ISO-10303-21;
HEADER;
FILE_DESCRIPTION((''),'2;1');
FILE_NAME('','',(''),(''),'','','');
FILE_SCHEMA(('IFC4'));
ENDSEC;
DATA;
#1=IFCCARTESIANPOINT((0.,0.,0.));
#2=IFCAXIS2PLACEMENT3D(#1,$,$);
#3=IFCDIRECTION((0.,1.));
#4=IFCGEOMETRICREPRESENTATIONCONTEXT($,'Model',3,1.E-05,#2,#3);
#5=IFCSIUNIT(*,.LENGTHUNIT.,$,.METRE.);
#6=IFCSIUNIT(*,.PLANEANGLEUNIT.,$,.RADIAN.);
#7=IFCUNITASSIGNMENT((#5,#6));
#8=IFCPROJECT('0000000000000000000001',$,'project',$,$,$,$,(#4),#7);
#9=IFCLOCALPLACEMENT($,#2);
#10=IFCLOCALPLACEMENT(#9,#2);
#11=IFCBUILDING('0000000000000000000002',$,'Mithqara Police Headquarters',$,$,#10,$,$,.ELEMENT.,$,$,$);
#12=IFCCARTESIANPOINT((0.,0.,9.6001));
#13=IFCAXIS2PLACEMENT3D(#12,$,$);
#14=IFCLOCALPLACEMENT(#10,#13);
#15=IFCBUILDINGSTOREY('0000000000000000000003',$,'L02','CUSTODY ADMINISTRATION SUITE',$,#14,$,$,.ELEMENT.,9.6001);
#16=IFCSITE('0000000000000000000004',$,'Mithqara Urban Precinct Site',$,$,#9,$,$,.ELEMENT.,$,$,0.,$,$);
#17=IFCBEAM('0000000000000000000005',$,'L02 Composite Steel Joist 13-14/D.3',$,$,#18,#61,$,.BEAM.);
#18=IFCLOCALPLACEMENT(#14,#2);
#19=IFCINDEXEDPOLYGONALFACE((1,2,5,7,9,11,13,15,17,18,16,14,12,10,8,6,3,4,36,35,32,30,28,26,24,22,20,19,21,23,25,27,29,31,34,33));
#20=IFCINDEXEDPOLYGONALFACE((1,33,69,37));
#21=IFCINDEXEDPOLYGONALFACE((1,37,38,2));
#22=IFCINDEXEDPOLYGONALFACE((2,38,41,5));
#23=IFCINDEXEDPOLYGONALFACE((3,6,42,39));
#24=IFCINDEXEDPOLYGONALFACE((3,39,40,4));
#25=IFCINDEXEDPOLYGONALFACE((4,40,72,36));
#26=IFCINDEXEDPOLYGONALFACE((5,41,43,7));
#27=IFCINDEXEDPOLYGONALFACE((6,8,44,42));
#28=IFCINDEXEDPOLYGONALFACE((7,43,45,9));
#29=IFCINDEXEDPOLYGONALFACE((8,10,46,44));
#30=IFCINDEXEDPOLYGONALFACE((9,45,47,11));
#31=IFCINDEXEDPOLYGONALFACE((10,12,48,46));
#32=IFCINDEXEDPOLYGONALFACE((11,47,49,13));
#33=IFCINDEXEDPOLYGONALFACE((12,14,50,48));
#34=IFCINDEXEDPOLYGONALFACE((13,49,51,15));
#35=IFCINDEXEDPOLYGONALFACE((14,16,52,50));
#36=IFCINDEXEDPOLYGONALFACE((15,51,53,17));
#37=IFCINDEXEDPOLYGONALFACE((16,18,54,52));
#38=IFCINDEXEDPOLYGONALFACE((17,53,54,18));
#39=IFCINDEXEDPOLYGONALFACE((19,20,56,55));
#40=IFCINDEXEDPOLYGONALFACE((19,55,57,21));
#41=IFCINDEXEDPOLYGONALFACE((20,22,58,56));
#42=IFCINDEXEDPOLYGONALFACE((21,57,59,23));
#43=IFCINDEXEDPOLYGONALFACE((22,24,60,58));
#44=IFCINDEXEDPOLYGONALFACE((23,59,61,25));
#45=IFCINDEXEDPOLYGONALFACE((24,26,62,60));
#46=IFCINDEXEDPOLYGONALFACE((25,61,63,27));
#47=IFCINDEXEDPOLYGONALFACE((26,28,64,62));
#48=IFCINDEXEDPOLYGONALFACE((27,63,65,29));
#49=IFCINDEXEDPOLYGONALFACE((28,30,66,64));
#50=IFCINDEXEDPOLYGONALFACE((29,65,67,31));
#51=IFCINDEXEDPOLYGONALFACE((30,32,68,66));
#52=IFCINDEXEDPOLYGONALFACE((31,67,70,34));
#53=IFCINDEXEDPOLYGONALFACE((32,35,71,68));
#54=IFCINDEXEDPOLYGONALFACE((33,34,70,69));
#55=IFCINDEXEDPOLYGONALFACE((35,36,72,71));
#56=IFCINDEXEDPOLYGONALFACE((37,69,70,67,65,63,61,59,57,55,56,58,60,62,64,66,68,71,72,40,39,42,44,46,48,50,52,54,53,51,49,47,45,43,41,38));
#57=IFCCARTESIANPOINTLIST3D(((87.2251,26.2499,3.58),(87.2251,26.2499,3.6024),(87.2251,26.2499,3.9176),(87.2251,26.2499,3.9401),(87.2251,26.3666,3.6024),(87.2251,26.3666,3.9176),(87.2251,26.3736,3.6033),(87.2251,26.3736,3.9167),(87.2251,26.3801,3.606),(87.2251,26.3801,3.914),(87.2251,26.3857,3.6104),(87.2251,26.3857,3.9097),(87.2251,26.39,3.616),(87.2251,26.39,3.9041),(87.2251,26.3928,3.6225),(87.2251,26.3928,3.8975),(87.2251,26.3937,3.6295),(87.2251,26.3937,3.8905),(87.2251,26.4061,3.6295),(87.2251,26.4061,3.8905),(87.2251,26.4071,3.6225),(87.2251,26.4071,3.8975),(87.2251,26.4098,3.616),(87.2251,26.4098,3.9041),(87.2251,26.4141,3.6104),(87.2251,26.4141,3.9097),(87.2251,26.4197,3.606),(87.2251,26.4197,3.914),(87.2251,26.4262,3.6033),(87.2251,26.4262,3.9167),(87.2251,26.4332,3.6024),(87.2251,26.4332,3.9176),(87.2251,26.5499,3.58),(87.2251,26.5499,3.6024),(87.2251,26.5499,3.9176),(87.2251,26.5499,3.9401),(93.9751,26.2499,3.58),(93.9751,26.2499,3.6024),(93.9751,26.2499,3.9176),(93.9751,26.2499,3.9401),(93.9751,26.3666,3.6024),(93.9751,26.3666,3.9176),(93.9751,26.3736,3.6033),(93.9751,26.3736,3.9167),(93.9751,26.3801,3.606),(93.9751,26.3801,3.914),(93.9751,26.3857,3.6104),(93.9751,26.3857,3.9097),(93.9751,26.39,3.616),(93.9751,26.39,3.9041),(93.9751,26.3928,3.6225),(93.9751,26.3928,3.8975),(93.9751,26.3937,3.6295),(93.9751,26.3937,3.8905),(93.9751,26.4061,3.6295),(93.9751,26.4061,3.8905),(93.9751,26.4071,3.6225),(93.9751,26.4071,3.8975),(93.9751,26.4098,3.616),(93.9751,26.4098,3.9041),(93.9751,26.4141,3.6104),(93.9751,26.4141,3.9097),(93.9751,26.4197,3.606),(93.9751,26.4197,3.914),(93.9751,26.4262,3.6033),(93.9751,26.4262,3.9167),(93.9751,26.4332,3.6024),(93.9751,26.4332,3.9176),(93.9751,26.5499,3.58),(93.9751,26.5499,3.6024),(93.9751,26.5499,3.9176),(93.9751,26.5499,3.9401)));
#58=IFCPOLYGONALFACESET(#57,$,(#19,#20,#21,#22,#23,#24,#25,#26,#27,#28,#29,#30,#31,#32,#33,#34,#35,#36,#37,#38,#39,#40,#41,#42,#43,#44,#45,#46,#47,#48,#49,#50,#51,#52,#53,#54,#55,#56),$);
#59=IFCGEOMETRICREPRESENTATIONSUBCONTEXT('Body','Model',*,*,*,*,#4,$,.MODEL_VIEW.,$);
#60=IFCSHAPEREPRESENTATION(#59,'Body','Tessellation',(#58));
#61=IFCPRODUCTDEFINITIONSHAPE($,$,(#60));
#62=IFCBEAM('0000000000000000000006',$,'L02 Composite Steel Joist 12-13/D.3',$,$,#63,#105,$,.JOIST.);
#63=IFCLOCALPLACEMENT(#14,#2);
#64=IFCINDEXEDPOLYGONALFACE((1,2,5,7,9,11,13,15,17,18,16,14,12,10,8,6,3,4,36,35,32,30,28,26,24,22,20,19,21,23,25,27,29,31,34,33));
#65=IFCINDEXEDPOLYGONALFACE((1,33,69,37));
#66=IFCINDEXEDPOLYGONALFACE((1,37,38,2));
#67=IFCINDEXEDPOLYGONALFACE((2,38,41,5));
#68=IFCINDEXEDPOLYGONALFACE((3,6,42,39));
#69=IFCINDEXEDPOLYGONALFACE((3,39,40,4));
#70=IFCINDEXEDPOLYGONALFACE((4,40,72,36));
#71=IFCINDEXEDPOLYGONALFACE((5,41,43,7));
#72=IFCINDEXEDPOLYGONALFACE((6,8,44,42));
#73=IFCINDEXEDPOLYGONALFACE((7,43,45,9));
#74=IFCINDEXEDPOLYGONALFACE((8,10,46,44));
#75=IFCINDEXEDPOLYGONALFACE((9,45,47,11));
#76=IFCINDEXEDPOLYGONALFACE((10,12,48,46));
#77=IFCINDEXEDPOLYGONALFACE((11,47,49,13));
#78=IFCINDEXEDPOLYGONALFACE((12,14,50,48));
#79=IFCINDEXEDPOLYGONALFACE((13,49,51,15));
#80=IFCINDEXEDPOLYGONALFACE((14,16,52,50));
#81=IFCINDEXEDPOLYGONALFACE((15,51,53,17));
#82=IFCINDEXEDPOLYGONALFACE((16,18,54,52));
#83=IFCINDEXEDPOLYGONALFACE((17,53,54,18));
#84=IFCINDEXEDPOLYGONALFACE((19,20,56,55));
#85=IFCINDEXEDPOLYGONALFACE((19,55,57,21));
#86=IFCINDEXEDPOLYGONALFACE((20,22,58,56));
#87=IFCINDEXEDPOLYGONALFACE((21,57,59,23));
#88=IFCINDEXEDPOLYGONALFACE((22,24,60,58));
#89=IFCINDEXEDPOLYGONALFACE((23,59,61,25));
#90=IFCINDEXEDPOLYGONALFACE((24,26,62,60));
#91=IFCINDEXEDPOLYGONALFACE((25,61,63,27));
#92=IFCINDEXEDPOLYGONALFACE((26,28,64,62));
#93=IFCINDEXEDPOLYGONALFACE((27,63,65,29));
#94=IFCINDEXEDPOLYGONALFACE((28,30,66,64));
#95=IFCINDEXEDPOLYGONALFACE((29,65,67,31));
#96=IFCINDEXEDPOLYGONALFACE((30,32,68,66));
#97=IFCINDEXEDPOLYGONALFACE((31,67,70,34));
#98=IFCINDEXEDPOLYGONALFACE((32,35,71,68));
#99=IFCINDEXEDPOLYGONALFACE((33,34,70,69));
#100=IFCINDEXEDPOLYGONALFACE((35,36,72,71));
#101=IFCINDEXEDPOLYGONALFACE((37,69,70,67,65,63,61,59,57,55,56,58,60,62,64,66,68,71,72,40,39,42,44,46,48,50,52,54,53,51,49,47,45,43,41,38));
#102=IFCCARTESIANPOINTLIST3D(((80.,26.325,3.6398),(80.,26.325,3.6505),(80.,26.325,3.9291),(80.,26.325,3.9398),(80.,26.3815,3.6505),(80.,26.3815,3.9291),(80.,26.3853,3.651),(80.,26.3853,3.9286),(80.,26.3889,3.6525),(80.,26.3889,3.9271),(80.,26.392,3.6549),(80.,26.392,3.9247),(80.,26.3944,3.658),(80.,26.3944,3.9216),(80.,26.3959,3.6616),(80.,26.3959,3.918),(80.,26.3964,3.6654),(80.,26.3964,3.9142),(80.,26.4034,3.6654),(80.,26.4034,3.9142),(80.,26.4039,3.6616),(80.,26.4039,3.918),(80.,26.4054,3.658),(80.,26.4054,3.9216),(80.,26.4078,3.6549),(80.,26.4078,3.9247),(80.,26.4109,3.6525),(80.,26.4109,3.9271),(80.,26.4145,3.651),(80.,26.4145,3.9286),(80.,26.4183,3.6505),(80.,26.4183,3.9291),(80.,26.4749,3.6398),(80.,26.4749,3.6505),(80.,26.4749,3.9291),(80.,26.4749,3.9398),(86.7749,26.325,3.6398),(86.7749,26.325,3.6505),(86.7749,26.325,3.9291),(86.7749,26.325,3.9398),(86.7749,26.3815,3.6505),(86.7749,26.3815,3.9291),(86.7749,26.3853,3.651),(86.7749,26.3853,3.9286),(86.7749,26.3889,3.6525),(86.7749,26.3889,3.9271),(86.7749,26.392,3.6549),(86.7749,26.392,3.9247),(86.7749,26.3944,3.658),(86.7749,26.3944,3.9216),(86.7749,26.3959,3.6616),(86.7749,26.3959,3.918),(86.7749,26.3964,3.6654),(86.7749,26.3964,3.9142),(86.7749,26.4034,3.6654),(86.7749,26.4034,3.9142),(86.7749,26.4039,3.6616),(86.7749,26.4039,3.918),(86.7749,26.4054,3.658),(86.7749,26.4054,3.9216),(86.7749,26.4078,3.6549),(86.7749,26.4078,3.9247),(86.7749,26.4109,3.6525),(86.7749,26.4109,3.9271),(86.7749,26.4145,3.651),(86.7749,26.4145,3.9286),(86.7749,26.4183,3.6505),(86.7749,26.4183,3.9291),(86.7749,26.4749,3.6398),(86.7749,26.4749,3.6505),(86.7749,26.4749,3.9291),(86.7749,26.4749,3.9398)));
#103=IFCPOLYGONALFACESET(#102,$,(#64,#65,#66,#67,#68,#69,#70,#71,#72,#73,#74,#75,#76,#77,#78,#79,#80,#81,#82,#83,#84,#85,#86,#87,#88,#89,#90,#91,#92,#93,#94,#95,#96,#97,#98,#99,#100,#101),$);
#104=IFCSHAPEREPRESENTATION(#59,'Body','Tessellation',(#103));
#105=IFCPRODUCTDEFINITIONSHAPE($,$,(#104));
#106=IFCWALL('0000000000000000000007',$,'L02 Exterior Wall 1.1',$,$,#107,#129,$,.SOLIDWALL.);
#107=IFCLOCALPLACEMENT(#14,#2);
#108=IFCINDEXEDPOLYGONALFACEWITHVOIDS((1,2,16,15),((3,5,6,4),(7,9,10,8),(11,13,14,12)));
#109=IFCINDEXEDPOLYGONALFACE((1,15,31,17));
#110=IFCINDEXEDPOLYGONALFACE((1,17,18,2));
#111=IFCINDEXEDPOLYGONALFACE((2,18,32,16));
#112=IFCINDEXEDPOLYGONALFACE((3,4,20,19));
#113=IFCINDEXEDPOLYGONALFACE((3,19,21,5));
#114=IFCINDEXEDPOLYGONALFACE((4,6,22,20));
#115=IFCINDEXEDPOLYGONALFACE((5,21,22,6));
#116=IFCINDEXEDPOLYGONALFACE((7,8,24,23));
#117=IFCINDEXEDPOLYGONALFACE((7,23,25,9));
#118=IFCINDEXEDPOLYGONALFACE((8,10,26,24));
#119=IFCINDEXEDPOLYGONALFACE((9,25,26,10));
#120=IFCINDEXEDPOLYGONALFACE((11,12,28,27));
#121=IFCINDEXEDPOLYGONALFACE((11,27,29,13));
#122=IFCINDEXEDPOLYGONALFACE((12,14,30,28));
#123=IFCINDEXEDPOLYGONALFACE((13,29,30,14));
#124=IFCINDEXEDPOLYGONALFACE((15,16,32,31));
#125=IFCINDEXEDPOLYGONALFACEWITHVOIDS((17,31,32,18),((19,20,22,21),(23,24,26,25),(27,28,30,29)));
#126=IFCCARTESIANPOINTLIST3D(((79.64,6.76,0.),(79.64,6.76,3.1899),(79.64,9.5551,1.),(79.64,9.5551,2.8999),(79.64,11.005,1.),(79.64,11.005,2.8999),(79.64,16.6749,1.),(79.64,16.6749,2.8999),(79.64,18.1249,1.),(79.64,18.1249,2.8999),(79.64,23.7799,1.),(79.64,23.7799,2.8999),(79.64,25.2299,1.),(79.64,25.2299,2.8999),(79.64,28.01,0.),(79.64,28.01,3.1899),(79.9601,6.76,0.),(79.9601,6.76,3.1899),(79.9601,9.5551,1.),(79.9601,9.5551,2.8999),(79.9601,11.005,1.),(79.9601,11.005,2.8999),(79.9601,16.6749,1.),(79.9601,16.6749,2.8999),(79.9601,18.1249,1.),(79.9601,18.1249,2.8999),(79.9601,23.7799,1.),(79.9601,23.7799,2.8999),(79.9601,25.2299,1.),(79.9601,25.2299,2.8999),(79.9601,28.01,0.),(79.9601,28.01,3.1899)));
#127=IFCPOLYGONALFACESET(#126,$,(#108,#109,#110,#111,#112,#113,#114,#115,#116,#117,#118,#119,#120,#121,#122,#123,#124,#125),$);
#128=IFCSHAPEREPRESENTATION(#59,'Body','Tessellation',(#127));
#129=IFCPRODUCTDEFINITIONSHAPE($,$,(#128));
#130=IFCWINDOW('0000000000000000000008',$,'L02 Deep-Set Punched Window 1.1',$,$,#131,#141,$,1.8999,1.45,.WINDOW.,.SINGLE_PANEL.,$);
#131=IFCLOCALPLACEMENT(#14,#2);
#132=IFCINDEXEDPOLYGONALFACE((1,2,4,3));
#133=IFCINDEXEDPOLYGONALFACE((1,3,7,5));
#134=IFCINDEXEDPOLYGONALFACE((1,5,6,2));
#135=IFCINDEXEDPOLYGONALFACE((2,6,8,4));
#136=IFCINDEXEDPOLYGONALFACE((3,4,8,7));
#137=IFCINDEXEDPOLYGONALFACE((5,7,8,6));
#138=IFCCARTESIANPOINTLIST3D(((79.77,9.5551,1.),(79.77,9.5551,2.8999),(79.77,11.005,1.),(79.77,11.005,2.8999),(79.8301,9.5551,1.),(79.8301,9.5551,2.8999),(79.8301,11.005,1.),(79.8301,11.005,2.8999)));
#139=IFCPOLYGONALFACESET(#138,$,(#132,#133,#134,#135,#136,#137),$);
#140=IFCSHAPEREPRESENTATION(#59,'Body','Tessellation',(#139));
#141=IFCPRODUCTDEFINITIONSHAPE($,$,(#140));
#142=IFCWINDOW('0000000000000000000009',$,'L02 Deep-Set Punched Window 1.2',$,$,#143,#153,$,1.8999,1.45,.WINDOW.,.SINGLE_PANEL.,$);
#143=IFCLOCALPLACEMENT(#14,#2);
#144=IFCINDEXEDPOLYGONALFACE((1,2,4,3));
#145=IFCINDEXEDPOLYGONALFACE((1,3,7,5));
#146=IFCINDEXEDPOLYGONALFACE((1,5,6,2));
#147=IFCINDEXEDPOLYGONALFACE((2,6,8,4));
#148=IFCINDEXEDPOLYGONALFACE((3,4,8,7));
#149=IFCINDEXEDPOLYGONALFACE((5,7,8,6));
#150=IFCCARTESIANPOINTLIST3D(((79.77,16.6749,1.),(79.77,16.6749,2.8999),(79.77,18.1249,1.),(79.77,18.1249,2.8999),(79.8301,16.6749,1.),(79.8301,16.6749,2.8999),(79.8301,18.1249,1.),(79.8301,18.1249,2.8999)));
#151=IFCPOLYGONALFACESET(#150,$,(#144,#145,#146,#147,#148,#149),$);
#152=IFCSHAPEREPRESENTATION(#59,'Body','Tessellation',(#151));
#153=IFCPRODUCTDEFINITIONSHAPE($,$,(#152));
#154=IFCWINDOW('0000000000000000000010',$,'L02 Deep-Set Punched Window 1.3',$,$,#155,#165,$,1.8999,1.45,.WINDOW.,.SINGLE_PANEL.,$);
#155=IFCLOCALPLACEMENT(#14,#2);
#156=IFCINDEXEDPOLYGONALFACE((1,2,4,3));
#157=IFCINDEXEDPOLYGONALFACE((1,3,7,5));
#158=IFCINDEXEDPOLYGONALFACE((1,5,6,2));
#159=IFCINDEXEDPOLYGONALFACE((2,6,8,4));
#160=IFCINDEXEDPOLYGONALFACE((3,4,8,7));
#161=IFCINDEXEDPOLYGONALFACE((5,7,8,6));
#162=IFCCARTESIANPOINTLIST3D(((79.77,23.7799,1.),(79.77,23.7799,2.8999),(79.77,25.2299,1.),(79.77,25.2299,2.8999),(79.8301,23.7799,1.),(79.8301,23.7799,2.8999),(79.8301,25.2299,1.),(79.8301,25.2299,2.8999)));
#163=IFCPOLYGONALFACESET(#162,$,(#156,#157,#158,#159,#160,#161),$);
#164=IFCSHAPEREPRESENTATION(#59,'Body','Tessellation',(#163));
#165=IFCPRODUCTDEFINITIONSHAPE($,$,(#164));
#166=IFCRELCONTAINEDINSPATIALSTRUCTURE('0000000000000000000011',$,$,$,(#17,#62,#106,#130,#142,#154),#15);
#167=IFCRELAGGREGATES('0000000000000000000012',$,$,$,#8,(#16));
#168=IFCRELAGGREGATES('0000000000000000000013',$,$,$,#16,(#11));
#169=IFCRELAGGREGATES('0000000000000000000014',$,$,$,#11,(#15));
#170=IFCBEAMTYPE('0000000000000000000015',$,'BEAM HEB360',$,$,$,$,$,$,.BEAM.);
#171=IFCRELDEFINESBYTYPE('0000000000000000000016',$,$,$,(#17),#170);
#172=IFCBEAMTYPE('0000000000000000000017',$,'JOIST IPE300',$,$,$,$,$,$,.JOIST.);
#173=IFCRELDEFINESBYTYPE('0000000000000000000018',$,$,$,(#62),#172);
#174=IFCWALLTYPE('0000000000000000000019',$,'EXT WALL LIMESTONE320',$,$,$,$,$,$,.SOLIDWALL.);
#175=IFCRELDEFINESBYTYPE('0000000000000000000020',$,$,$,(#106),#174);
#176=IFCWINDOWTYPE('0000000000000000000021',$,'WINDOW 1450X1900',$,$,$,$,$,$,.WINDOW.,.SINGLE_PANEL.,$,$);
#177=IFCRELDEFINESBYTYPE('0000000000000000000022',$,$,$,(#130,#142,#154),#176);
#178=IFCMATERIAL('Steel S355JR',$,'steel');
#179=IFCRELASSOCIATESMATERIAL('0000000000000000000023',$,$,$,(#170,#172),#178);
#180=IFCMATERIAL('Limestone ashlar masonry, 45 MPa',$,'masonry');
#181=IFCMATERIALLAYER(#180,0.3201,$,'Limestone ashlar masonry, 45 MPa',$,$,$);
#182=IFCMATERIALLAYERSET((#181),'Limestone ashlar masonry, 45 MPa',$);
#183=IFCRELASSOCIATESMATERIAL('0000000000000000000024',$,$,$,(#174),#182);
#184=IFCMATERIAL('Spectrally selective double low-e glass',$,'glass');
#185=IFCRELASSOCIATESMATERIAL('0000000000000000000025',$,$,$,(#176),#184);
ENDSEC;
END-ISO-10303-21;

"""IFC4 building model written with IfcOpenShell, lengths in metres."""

from ifc_helpers import new_model, si_unit, direction, frame, frame_2d, origin, origin_2d, place, context, subcontext, project, spatial, rectangle, i_section, extrude, material, layer, layer_set, material_profile, profile_set, type_object, element, fill, save


model = new_model("IFC4")

# Units and contexts
model_context = context("Model", 3, precision=1e-05, world=origin(), true_north=direction((0.0, 1.0)))
body_context = subcontext(model_context, "Body", "Model", "MODEL_VIEW")
ifc_project = project(units=[si_unit("LENGTHUNIT", "METRE"), si_unit("PLANEANGLEUNIT", "RADIAN")], contexts=[model_context])

# Site, building, storey
site_placement = place(None, origin())
site = spatial("IfcSite", under=ifc_project, at=site_placement, Name="Mithqara Urban Precinct Site", CompositionType="ELEMENT", RefElevation=0.0)
building_placement = place(site_placement, origin())
building = spatial("IfcBuilding", under=site, at=building_placement, Name="Mithqara Police Headquarters", CompositionType="ELEMENT")
storey_placement = place(building_placement, frame((0.0, 0.0, 9.6001)))
storey = spatial("IfcBuildingStorey", under=building, at=storey_placement, Name="L02", Description="CUSTODY ADMINISTRATION SUITE", CompositionType="ELEMENT", Elevation=9.6001)

# Beams
ifc_material_1 = material(Name="Steel S355JR", Category="steel")
ifc_material_profile_1 = material_profile(ifc_material_1, i_section(OverallWidth=0.3, OverallDepth=0.3601, WebThickness=0.0125, FlangeThickness=0.0225, FilletRadius=0.0271, at=origin_2d()), Name="HEB 360")
ifc_profile_set_1 = profile_set([ifc_material_profile_1], Name="Steel S355JR")
beam_type_1 = type_object("IfcBeamType", Name="BEAM HEB360", PredefinedType="BEAM", material=ifc_profile_set_1)
beam_1_placement = place(storey_placement, frame((87.2251, 26.3999, 3.76), z_axis=(1.0, 0.0, 0.0), x_axis=(0.0, 1.0, 0.0)))
element("IfcBeam", 1, at=beam_1_placement, inside=storey, type_object=beam_type_1, Name="L02 Composite Steel Joist 13-14/D.3", PredefinedType="BEAM", context=body_context, shape_type="SweptSolid", body=[
    extrude(i_section(OverallWidth=0.3, OverallDepth=0.3601, WebThickness=0.0125, FlangeThickness=0.0225, FilletRadius=0.0271, at=origin_2d()), origin(), (0.0, 0.0, 1.0), 6.75),
])
ifc_material_profile_2 = material_profile(ifc_material_1, i_section(OverallWidth=0.1499, OverallDepth=0.3, WebThickness=0.0071, FlangeThickness=0.0107, FilletRadius=0.0149, at=origin_2d()), Name="IPE 300")
ifc_profile_set_2 = profile_set([ifc_material_profile_2], Name="Steel S355JR")
beam_type_2 = type_object("IfcBeamType", Name="JOIST IPE300", PredefinedType="JOIST", material=ifc_profile_set_2)
beam_2_placement = place(storey_placement, frame((80.0, 26.3999, 3.7898), z_axis=(1.0, 0.0, 0.0), x_axis=(0.0, 1.0, 0.0)))
element("IfcBeam", 2, at=beam_2_placement, inside=storey, type_object=beam_type_2, Name="L02 Composite Steel Joist 12-13/D.3", PredefinedType="JOIST", context=body_context, shape_type="SweptSolid", body=[
    extrude(i_section(OverallWidth=0.1499, OverallDepth=0.3, WebThickness=0.0071, FlangeThickness=0.0107, FilletRadius=0.0149, at=origin_2d()), origin(), (0.0, 0.0, 1.0), 6.7749),
])

# Wall, openings, windows
ifc_material_2 = material(Name="Limestone ashlar masonry, 45 MPa", Category="masonry")
ifc_layer_1 = layer(ifc_material_2, 0.3201, Name="Limestone ashlar masonry, 45 MPa")
ifc_layer_set_1 = layer_set([ifc_layer_1], Name="Limestone ashlar masonry, 45 MPa")
wall_type_1 = type_object("IfcWallType", Name="EXT WALL LIMESTONE320", PredefinedType="SOLIDWALL", material=ifc_layer_set_1)
wall_1_placement = place(storey_placement, frame((79.8, 28.01, 0.0), z_axis=(0.0, 0.0, 1.0), x_axis=(0.0, -1.0, 0.0)))
wall_1 = element("IfcWall", 3, at=wall_1_placement, inside=storey, type_object=wall_type_1, Name="L02 Exterior Wall 1.1", PredefinedType="SOLIDWALL", context=body_context, shape_type="SweptSolid", body=[
    extrude(rectangle(XDim=21.25, YDim=0.3201, at=frame_2d((10.625, 0.0))), origin(), (0.0, 0.0, 1.0), 3.1899),
])
opening_1_placement = place(wall_1_placement, frame((17.0049, 0.0, 1.0)))
opening_1 = element("IfcOpeningElement", 4, at=opening_1_placement, cuts=wall_1, PredefinedType="OPENING", context=body_context, shape_type="SweptSolid", body=[
    extrude(rectangle(XDim=1.45, YDim=1.8999, at=frame_2d((0.7251, 0.95))), frame((0.0, 0.1699, 0.0), z_axis=(0.0, -1.0, 0.0), x_axis=(1.0, 0.0, 0.0)), (0.0, 0.0, 1.0), 0.3401),
])
opening_2_placement = place(wall_1_placement, frame((9.885, 0.0, 1.0)))
opening_2 = element("IfcOpeningElement", 5, at=opening_2_placement, cuts=wall_1, PredefinedType="OPENING", context=body_context, shape_type="SweptSolid", body=[
    extrude(rectangle(XDim=1.45, YDim=1.8999, at=frame_2d((0.7251, 0.95))), frame((0.0, 0.1699, 0.0), z_axis=(0.0, -1.0, 0.0), x_axis=(1.0, 0.0, 0.0)), (0.0, 0.0, 1.0), 0.3401),
])
opening_3_placement = place(wall_1_placement, frame((2.78, 0.0, 1.0)))
opening_3 = element("IfcOpeningElement", 6, at=opening_3_placement, cuts=wall_1, PredefinedType="OPENING", context=body_context, shape_type="SweptSolid", body=[
    extrude(rectangle(XDim=1.45, YDim=1.8999, at=frame_2d((0.7251, 0.95))), frame((0.0, 0.1699, 0.0), z_axis=(0.0, -1.0, 0.0), x_axis=(1.0, 0.0, 0.0)), (0.0, 0.0, 1.0), 0.3401),
])
ifc_material_3 = material(Name="Spectrally selective double low-e glass", Category="glass")
window_type_1 = type_object("IfcWindowType", Name="WINDOW 1450X1900", PartitioningType="SINGLE_PANEL", PredefinedType="WINDOW", material=ifc_material_3)
window_1_placement = place(opening_1_placement, origin())
window_1 = element("IfcWindow", 7, at=window_1_placement, inside=storey, type_object=window_type_1, Name="L02 Deep-Set Punched Window 1.1", OverallHeight=1.8999, OverallWidth=1.45, PartitioningType="SINGLE_PANEL", PredefinedType="WINDOW", context=body_context, shape_type="SweptSolid", body=[
    extrude(rectangle(XDim=1.45, YDim=1.8999, at=frame_2d((0.7251, 0.95))), frame((0.0, 0.03, 0.0), z_axis=(0.0, -1.0, 0.0), x_axis=(1.0, 0.0, 0.0)), (0.0, 0.0, 1.0), 0.0601),
])
fill(opening_1, window_1)
window_2_placement = place(opening_2_placement, origin())
window_2 = element("IfcWindow", 8, at=window_2_placement, inside=storey, type_object=window_type_1, Name="L02 Deep-Set Punched Window 1.2", OverallHeight=1.8999, OverallWidth=1.45, PartitioningType="SINGLE_PANEL", PredefinedType="WINDOW", context=body_context, shape_type="SweptSolid", body=[
    extrude(rectangle(XDim=1.45, YDim=1.8999, at=frame_2d((0.7251, 0.95))), frame((0.0, 0.03, 0.0), z_axis=(0.0, -1.0, 0.0), x_axis=(1.0, 0.0, 0.0)), (0.0, 0.0, 1.0), 0.0601),
])
fill(opening_2, window_2)
window_3_placement = place(opening_3_placement, origin())
window_3 = element("IfcWindow", 9, at=window_3_placement, inside=storey, type_object=window_type_1, Name="L02 Deep-Set Punched Window 1.3", OverallHeight=1.8999, OverallWidth=1.45, PartitioningType="SINGLE_PANEL", PredefinedType="WINDOW", context=body_context, shape_type="SweptSolid", body=[
    extrude(rectangle(XDim=1.45, YDim=1.8999, at=frame_2d((0.7251, 0.95))), frame((0.0, 0.03, 0.0), z_axis=(0.0, -1.0, 0.0), x_axis=(1.0, 0.0, 0.0)), (0.0, 0.0, 1.0), 0.0601),
])
fill(opening_3, window_3)

save(model, "model.ifc")
